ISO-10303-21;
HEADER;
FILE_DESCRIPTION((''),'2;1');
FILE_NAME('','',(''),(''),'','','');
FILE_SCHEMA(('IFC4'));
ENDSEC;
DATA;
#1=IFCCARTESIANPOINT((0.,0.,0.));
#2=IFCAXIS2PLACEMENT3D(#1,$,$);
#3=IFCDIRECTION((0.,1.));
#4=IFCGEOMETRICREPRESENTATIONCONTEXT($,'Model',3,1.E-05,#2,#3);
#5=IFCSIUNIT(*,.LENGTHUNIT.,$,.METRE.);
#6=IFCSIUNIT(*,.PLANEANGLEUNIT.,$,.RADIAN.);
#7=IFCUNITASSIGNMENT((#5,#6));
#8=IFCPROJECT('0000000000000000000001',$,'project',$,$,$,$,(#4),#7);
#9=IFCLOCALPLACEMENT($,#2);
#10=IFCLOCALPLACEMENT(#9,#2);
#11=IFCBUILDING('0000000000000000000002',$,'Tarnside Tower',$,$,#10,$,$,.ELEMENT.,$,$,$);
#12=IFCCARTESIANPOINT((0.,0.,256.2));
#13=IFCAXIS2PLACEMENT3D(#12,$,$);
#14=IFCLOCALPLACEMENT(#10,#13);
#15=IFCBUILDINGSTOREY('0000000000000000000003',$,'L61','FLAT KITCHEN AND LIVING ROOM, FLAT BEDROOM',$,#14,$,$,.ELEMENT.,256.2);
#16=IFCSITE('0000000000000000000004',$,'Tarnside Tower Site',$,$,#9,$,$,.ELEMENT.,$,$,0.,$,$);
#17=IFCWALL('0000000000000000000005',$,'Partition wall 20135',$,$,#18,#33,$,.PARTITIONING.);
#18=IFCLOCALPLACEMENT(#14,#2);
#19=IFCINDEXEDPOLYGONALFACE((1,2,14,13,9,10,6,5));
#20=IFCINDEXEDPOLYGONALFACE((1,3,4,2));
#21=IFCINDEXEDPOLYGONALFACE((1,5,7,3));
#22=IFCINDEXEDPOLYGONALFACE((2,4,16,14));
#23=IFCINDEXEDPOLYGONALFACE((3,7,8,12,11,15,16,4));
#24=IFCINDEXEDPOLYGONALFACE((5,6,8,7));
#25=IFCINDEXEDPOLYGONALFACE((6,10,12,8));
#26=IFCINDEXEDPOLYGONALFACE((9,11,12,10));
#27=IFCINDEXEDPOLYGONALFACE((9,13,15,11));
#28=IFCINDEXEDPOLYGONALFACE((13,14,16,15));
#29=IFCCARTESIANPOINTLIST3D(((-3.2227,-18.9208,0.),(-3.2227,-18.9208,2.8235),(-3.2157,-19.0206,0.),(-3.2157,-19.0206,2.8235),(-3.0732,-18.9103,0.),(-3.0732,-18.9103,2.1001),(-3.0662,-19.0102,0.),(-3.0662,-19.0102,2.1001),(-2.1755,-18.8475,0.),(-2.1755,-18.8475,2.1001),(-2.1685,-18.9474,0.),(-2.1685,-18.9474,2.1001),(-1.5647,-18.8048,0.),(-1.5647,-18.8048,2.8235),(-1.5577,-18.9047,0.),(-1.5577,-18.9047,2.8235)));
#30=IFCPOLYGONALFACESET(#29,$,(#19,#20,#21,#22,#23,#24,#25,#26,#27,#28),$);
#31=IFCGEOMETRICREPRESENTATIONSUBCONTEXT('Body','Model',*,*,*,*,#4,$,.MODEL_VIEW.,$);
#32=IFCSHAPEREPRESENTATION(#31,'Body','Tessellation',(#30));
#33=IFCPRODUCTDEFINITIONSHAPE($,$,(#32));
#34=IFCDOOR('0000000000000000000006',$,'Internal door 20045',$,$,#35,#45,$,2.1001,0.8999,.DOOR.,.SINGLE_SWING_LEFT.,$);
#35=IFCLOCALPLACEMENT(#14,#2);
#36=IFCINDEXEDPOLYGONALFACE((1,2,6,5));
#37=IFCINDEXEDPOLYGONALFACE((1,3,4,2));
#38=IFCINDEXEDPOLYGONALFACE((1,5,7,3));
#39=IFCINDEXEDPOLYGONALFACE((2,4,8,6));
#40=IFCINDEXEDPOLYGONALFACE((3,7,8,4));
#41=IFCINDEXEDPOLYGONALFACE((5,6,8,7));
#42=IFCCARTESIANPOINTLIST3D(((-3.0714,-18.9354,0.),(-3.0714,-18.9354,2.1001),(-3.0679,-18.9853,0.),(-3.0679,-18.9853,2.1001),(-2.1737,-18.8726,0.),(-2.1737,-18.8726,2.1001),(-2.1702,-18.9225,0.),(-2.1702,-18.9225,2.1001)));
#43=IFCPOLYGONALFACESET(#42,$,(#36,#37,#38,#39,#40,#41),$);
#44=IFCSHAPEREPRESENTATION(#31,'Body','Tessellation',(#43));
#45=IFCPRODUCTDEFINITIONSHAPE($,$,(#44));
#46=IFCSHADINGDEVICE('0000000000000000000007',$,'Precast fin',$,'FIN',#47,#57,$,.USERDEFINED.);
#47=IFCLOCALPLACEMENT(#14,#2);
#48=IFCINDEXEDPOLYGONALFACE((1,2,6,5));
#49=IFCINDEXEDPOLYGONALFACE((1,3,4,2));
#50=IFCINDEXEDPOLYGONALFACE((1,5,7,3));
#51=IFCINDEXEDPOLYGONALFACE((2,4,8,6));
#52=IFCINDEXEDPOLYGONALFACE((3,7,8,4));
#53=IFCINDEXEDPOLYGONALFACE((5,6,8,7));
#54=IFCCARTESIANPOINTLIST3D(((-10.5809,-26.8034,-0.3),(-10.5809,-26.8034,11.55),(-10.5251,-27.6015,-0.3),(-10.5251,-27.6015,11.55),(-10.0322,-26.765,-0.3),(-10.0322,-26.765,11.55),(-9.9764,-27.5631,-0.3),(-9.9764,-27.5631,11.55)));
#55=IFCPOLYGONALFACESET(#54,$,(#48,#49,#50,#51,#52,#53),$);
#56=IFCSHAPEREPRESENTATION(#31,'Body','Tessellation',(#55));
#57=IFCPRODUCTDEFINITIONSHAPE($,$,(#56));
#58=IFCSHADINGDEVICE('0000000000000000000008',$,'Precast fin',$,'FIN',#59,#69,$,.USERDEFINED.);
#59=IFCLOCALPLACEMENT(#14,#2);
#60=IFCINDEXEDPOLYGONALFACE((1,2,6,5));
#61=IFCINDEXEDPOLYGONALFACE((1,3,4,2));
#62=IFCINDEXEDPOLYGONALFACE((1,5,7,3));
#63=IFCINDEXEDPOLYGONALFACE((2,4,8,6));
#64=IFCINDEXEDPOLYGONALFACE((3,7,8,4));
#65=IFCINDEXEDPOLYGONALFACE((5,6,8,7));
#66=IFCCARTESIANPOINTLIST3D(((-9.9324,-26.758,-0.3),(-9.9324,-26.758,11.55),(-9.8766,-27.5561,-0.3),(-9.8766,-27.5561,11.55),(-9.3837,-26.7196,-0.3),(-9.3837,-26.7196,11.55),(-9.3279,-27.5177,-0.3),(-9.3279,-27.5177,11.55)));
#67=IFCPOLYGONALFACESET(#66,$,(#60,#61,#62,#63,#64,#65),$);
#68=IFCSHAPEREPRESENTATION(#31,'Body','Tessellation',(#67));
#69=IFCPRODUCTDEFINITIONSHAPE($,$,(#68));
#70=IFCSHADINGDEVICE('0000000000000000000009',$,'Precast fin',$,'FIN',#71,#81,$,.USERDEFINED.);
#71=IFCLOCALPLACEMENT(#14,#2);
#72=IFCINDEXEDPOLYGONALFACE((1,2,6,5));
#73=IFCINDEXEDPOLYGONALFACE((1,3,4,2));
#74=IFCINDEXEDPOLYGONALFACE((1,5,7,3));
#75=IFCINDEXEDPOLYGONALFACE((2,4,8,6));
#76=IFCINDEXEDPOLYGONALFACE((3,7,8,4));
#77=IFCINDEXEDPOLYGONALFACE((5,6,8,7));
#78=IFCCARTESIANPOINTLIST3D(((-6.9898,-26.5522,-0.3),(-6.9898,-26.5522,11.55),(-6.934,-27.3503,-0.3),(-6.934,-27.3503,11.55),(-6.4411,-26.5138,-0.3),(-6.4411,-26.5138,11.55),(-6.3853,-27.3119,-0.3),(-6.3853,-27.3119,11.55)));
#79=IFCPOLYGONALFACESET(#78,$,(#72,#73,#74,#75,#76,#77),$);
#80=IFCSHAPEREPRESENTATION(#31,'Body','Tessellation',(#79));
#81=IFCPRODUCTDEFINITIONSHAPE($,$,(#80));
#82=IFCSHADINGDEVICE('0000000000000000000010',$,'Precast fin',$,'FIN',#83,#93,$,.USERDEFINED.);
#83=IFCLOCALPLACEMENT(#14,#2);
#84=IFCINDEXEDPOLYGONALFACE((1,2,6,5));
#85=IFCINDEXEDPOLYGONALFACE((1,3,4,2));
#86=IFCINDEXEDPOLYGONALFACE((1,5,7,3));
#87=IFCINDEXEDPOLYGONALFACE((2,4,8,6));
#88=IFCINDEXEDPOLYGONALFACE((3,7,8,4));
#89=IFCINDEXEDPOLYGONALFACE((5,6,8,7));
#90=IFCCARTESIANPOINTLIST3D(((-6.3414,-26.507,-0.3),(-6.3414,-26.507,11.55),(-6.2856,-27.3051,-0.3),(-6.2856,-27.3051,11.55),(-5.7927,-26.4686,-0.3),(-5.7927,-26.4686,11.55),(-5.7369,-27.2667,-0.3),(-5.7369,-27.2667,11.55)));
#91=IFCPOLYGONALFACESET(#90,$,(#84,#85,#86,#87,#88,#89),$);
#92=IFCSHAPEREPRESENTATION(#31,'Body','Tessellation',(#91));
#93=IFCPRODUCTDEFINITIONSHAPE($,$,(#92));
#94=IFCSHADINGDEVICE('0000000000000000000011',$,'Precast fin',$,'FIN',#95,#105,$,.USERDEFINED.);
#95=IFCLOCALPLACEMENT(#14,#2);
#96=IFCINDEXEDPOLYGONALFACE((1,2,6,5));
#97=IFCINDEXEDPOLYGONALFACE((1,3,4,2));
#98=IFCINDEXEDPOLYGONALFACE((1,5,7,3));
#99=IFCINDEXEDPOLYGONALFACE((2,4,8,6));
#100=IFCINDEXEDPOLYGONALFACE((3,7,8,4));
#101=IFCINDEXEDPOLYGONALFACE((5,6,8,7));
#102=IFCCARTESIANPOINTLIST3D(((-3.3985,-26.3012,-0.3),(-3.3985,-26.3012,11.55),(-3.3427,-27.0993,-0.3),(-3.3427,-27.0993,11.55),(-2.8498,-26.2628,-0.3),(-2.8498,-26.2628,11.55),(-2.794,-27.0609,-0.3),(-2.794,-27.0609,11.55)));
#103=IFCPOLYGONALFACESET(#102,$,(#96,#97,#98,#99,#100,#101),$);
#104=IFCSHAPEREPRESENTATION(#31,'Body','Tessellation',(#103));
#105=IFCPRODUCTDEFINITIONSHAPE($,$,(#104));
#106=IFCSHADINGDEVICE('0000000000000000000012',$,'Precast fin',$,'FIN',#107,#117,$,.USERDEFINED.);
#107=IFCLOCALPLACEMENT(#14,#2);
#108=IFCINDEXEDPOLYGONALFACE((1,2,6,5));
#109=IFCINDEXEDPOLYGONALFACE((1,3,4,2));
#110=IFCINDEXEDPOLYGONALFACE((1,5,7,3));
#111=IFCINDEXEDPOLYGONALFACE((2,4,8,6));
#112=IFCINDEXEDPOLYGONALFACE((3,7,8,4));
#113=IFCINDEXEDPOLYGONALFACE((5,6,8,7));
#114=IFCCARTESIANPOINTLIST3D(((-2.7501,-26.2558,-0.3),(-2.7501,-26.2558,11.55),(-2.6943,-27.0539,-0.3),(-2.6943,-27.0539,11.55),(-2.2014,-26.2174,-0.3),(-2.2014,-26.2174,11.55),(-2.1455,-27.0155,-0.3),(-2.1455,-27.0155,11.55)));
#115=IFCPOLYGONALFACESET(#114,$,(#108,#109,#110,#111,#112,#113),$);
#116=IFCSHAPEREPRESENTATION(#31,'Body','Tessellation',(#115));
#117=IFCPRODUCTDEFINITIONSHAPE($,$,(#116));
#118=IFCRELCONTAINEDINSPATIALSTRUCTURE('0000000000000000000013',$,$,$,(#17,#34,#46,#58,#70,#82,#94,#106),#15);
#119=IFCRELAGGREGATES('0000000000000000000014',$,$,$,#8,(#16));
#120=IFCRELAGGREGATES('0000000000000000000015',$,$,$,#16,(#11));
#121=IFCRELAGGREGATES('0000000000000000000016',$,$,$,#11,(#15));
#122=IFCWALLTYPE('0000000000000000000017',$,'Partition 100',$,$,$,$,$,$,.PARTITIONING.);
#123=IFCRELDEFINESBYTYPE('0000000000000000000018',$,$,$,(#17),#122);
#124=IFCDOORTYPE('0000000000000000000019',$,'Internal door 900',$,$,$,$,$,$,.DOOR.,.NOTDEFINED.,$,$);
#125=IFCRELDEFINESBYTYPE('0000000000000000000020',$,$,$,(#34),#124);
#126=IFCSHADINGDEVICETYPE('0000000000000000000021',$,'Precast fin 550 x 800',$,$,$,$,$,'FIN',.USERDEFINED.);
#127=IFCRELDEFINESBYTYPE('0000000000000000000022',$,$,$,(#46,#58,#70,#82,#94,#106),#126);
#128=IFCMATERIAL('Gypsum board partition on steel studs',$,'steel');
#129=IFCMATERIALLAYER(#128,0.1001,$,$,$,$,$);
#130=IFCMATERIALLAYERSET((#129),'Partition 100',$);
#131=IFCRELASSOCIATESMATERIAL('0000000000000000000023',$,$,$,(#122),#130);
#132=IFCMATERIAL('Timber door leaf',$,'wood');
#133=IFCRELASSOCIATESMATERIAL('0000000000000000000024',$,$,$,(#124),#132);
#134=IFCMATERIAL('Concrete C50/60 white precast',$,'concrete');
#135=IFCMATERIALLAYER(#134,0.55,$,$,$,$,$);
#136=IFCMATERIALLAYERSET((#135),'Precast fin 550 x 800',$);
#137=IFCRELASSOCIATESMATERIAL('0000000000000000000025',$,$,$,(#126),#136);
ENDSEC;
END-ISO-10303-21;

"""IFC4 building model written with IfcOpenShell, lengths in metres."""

from ifc_helpers import new_model, si_unit, direction, frame, frame_2d, origin, place, context, subcontext, project, spatial, polyline, rectangle, outline, extrude, material, layer, layer_set, type_object, element, fill, save


model = new_model("IFC4")

# Units and contexts
model_context = context("Model", 3, precision=1e-05, world=origin(), true_north=direction((0.0, 1.0)))
body_context = subcontext(model_context, "Body", "Model", "MODEL_VIEW")
ifc_project = project(units=[si_unit("LENGTHUNIT", "METRE"), si_unit("PLANEANGLEUNIT", "RADIAN")], contexts=[model_context])

# Site, building, storey
site_placement = place(None, origin())
site = spatial("IfcSite", under=ifc_project, at=site_placement, Name="Tarnside Tower Site", CompositionType="ELEMENT", RefElevation=0.0)
building_placement = place(site_placement, origin())
building = spatial("IfcBuilding", under=site, at=building_placement, Name="Tarnside Tower", CompositionType="ELEMENT")
storey_placement = place(building_placement, frame((0.0, 0.0, 256.2)))
storey = spatial("IfcBuildingStorey", under=building, at=storey_placement, Name="L61", Description="FLAT KITCHEN AND LIVING ROOM, FLAT BEDROOM", CompositionType="ELEMENT", Elevation=256.2)

# Shared definitions
ifc_material_1 = material(Name="Gypsum board partition on steel studs", Category="steel")

# Wall, opening, door
ifc_layer_1 = layer(ifc_material_1, 0.1001)
ifc_layer_set_1 = layer_set([ifc_layer_1], Name="Partition 100")
wall_type_1 = type_object("IfcWallType", Name="Partition 100", PredefinedType="PARTITIONING", material=ifc_layer_set_1)
wall_1_placement = place(storey_placement, frame((-3.2192, -18.9707, 0.0), z_axis=(0.0, 0.0, 1.0), x_axis=(0.997563, 0.069775, 0.0)))
wall_1 = element("IfcWall", 1, at=wall_1_placement, inside=storey, type_object=wall_type_1, Name="Partition wall 20135", PredefinedType="PARTITIONING", context=body_context, shape_type="SweptSolid", body=[
    extrude(rectangle(XDim=1.6621, YDim=0.1001, at=frame_2d((0.8311, 0.0))), origin(), (0.0, 0.0, 1.0), 2.8235),
])
opening_placement = place(wall_1_placement, frame((0.1499, 0.0, 0.0)))
opening = element("IfcOpeningElement", 2, at=opening_placement, cuts=wall_1, PredefinedType="OPENING", context=body_context, shape_type="SweptSolid", body=[
    extrude(rectangle(XDim=0.8999, YDim=2.1001, at=frame_2d((0.45, 1.05))), frame((0.0, 0.0601, 0.0), z_axis=(0.0, -1.0, 0.0), x_axis=(1.0, 0.0, 0.0)), (0.0, 0.0, 1.0), 0.1201),
])
ifc_material_2 = material(Name="Timber door leaf", Category="wood")
door_type = type_object("IfcDoorType", Name="Internal door 900", OperationType="NOTDEFINED", PredefinedType="DOOR", material=ifc_material_2)
door_placement = place(opening_placement, origin())
door = element("IfcDoor", 3, at=door_placement, inside=storey, type_object=door_type, Name="Internal door 20045", OperationType="SINGLE_SWING_LEFT", OverallHeight=2.1001, OverallWidth=0.8999, PredefinedType="DOOR", context=body_context, shape_type="SweptSolid", body=[
    extrude(rectangle(XDim=0.8999, YDim=2.1001, at=frame_2d((0.45, 1.05))), frame((0.0, 0.0249, 0.0), z_axis=(0.0, -1.0, 0.0), x_axis=(1.0, 0.0, 0.0)), (0.0, 0.0, 1.0), 0.05),
])
fill(opening, door)

# Shading devices
ifc_material_3 = material(Name="Concrete C50/60 white precast", Category="concrete")
ifc_layer_2 = layer(ifc_material_3, 0.55)
ifc_layer_set_2 = layer_set([ifc_layer_2], Name="Precast fin 550 x 800")
shading_device_type = type_object("IfcShadingDeviceType", Name="Precast fin 550 x 800", ElementType="FIN", PredefinedType="USERDEFINED", material=ifc_layer_set_2)
for number, where, z_axis, x_axis, name in (
    (4, (-10.3064, -26.7842, -0.3), (-0.997564, -0.069756, 0.0), (0.069756, -0.997564, 0.0), "Precast fin"),
    (5, (-9.658, -26.7388, -0.3), (-0.997564, -0.069756, 0.0), (0.069756, -0.997564, 0.0), "Precast fin"),
    (6, (-6.7153, -26.533, -0.3), (-0.997564, -0.069756, 0.0), (0.069756, -0.997564, 0.0), "Precast fin"),
    (7, (-6.0669, -26.4878, -0.3), (-0.997564, -0.069756, 0.0), (0.069756, -0.997564, 0.0), "Precast fin"),
    (8, (-3.124, -26.282, -0.3), (-0.997564, -0.069756, 0.0), (0.069756, -0.997564, 0.0), "Precast fin"),
    (9, (-2.4756, -26.2366, -0.3), (-0.997564, -0.069756, 0.0), (0.069756, -0.997564, 0.0), "Precast fin"),
):
    element("IfcShadingDevice", number, at=place(storey_placement, frame(where, z_axis=z_axis, x_axis=x_axis)), inside=storey, type_object=shading_device_type, Name=name, ObjectType="FIN", PredefinedType="USERDEFINED", context=body_context, shape_type="SweptSolid", body=[
        extrude(outline(polyline([(0.0, 0.0), (0.8, 0.0), (0.8, 11.8501), (0.0, 11.8501), (0.0, 0.0)])), frame((0.0, 0.0, -0.2749)), (0.0, 0.0, 1.0), 0.55),
    ])

save(model, "model.ifc")
